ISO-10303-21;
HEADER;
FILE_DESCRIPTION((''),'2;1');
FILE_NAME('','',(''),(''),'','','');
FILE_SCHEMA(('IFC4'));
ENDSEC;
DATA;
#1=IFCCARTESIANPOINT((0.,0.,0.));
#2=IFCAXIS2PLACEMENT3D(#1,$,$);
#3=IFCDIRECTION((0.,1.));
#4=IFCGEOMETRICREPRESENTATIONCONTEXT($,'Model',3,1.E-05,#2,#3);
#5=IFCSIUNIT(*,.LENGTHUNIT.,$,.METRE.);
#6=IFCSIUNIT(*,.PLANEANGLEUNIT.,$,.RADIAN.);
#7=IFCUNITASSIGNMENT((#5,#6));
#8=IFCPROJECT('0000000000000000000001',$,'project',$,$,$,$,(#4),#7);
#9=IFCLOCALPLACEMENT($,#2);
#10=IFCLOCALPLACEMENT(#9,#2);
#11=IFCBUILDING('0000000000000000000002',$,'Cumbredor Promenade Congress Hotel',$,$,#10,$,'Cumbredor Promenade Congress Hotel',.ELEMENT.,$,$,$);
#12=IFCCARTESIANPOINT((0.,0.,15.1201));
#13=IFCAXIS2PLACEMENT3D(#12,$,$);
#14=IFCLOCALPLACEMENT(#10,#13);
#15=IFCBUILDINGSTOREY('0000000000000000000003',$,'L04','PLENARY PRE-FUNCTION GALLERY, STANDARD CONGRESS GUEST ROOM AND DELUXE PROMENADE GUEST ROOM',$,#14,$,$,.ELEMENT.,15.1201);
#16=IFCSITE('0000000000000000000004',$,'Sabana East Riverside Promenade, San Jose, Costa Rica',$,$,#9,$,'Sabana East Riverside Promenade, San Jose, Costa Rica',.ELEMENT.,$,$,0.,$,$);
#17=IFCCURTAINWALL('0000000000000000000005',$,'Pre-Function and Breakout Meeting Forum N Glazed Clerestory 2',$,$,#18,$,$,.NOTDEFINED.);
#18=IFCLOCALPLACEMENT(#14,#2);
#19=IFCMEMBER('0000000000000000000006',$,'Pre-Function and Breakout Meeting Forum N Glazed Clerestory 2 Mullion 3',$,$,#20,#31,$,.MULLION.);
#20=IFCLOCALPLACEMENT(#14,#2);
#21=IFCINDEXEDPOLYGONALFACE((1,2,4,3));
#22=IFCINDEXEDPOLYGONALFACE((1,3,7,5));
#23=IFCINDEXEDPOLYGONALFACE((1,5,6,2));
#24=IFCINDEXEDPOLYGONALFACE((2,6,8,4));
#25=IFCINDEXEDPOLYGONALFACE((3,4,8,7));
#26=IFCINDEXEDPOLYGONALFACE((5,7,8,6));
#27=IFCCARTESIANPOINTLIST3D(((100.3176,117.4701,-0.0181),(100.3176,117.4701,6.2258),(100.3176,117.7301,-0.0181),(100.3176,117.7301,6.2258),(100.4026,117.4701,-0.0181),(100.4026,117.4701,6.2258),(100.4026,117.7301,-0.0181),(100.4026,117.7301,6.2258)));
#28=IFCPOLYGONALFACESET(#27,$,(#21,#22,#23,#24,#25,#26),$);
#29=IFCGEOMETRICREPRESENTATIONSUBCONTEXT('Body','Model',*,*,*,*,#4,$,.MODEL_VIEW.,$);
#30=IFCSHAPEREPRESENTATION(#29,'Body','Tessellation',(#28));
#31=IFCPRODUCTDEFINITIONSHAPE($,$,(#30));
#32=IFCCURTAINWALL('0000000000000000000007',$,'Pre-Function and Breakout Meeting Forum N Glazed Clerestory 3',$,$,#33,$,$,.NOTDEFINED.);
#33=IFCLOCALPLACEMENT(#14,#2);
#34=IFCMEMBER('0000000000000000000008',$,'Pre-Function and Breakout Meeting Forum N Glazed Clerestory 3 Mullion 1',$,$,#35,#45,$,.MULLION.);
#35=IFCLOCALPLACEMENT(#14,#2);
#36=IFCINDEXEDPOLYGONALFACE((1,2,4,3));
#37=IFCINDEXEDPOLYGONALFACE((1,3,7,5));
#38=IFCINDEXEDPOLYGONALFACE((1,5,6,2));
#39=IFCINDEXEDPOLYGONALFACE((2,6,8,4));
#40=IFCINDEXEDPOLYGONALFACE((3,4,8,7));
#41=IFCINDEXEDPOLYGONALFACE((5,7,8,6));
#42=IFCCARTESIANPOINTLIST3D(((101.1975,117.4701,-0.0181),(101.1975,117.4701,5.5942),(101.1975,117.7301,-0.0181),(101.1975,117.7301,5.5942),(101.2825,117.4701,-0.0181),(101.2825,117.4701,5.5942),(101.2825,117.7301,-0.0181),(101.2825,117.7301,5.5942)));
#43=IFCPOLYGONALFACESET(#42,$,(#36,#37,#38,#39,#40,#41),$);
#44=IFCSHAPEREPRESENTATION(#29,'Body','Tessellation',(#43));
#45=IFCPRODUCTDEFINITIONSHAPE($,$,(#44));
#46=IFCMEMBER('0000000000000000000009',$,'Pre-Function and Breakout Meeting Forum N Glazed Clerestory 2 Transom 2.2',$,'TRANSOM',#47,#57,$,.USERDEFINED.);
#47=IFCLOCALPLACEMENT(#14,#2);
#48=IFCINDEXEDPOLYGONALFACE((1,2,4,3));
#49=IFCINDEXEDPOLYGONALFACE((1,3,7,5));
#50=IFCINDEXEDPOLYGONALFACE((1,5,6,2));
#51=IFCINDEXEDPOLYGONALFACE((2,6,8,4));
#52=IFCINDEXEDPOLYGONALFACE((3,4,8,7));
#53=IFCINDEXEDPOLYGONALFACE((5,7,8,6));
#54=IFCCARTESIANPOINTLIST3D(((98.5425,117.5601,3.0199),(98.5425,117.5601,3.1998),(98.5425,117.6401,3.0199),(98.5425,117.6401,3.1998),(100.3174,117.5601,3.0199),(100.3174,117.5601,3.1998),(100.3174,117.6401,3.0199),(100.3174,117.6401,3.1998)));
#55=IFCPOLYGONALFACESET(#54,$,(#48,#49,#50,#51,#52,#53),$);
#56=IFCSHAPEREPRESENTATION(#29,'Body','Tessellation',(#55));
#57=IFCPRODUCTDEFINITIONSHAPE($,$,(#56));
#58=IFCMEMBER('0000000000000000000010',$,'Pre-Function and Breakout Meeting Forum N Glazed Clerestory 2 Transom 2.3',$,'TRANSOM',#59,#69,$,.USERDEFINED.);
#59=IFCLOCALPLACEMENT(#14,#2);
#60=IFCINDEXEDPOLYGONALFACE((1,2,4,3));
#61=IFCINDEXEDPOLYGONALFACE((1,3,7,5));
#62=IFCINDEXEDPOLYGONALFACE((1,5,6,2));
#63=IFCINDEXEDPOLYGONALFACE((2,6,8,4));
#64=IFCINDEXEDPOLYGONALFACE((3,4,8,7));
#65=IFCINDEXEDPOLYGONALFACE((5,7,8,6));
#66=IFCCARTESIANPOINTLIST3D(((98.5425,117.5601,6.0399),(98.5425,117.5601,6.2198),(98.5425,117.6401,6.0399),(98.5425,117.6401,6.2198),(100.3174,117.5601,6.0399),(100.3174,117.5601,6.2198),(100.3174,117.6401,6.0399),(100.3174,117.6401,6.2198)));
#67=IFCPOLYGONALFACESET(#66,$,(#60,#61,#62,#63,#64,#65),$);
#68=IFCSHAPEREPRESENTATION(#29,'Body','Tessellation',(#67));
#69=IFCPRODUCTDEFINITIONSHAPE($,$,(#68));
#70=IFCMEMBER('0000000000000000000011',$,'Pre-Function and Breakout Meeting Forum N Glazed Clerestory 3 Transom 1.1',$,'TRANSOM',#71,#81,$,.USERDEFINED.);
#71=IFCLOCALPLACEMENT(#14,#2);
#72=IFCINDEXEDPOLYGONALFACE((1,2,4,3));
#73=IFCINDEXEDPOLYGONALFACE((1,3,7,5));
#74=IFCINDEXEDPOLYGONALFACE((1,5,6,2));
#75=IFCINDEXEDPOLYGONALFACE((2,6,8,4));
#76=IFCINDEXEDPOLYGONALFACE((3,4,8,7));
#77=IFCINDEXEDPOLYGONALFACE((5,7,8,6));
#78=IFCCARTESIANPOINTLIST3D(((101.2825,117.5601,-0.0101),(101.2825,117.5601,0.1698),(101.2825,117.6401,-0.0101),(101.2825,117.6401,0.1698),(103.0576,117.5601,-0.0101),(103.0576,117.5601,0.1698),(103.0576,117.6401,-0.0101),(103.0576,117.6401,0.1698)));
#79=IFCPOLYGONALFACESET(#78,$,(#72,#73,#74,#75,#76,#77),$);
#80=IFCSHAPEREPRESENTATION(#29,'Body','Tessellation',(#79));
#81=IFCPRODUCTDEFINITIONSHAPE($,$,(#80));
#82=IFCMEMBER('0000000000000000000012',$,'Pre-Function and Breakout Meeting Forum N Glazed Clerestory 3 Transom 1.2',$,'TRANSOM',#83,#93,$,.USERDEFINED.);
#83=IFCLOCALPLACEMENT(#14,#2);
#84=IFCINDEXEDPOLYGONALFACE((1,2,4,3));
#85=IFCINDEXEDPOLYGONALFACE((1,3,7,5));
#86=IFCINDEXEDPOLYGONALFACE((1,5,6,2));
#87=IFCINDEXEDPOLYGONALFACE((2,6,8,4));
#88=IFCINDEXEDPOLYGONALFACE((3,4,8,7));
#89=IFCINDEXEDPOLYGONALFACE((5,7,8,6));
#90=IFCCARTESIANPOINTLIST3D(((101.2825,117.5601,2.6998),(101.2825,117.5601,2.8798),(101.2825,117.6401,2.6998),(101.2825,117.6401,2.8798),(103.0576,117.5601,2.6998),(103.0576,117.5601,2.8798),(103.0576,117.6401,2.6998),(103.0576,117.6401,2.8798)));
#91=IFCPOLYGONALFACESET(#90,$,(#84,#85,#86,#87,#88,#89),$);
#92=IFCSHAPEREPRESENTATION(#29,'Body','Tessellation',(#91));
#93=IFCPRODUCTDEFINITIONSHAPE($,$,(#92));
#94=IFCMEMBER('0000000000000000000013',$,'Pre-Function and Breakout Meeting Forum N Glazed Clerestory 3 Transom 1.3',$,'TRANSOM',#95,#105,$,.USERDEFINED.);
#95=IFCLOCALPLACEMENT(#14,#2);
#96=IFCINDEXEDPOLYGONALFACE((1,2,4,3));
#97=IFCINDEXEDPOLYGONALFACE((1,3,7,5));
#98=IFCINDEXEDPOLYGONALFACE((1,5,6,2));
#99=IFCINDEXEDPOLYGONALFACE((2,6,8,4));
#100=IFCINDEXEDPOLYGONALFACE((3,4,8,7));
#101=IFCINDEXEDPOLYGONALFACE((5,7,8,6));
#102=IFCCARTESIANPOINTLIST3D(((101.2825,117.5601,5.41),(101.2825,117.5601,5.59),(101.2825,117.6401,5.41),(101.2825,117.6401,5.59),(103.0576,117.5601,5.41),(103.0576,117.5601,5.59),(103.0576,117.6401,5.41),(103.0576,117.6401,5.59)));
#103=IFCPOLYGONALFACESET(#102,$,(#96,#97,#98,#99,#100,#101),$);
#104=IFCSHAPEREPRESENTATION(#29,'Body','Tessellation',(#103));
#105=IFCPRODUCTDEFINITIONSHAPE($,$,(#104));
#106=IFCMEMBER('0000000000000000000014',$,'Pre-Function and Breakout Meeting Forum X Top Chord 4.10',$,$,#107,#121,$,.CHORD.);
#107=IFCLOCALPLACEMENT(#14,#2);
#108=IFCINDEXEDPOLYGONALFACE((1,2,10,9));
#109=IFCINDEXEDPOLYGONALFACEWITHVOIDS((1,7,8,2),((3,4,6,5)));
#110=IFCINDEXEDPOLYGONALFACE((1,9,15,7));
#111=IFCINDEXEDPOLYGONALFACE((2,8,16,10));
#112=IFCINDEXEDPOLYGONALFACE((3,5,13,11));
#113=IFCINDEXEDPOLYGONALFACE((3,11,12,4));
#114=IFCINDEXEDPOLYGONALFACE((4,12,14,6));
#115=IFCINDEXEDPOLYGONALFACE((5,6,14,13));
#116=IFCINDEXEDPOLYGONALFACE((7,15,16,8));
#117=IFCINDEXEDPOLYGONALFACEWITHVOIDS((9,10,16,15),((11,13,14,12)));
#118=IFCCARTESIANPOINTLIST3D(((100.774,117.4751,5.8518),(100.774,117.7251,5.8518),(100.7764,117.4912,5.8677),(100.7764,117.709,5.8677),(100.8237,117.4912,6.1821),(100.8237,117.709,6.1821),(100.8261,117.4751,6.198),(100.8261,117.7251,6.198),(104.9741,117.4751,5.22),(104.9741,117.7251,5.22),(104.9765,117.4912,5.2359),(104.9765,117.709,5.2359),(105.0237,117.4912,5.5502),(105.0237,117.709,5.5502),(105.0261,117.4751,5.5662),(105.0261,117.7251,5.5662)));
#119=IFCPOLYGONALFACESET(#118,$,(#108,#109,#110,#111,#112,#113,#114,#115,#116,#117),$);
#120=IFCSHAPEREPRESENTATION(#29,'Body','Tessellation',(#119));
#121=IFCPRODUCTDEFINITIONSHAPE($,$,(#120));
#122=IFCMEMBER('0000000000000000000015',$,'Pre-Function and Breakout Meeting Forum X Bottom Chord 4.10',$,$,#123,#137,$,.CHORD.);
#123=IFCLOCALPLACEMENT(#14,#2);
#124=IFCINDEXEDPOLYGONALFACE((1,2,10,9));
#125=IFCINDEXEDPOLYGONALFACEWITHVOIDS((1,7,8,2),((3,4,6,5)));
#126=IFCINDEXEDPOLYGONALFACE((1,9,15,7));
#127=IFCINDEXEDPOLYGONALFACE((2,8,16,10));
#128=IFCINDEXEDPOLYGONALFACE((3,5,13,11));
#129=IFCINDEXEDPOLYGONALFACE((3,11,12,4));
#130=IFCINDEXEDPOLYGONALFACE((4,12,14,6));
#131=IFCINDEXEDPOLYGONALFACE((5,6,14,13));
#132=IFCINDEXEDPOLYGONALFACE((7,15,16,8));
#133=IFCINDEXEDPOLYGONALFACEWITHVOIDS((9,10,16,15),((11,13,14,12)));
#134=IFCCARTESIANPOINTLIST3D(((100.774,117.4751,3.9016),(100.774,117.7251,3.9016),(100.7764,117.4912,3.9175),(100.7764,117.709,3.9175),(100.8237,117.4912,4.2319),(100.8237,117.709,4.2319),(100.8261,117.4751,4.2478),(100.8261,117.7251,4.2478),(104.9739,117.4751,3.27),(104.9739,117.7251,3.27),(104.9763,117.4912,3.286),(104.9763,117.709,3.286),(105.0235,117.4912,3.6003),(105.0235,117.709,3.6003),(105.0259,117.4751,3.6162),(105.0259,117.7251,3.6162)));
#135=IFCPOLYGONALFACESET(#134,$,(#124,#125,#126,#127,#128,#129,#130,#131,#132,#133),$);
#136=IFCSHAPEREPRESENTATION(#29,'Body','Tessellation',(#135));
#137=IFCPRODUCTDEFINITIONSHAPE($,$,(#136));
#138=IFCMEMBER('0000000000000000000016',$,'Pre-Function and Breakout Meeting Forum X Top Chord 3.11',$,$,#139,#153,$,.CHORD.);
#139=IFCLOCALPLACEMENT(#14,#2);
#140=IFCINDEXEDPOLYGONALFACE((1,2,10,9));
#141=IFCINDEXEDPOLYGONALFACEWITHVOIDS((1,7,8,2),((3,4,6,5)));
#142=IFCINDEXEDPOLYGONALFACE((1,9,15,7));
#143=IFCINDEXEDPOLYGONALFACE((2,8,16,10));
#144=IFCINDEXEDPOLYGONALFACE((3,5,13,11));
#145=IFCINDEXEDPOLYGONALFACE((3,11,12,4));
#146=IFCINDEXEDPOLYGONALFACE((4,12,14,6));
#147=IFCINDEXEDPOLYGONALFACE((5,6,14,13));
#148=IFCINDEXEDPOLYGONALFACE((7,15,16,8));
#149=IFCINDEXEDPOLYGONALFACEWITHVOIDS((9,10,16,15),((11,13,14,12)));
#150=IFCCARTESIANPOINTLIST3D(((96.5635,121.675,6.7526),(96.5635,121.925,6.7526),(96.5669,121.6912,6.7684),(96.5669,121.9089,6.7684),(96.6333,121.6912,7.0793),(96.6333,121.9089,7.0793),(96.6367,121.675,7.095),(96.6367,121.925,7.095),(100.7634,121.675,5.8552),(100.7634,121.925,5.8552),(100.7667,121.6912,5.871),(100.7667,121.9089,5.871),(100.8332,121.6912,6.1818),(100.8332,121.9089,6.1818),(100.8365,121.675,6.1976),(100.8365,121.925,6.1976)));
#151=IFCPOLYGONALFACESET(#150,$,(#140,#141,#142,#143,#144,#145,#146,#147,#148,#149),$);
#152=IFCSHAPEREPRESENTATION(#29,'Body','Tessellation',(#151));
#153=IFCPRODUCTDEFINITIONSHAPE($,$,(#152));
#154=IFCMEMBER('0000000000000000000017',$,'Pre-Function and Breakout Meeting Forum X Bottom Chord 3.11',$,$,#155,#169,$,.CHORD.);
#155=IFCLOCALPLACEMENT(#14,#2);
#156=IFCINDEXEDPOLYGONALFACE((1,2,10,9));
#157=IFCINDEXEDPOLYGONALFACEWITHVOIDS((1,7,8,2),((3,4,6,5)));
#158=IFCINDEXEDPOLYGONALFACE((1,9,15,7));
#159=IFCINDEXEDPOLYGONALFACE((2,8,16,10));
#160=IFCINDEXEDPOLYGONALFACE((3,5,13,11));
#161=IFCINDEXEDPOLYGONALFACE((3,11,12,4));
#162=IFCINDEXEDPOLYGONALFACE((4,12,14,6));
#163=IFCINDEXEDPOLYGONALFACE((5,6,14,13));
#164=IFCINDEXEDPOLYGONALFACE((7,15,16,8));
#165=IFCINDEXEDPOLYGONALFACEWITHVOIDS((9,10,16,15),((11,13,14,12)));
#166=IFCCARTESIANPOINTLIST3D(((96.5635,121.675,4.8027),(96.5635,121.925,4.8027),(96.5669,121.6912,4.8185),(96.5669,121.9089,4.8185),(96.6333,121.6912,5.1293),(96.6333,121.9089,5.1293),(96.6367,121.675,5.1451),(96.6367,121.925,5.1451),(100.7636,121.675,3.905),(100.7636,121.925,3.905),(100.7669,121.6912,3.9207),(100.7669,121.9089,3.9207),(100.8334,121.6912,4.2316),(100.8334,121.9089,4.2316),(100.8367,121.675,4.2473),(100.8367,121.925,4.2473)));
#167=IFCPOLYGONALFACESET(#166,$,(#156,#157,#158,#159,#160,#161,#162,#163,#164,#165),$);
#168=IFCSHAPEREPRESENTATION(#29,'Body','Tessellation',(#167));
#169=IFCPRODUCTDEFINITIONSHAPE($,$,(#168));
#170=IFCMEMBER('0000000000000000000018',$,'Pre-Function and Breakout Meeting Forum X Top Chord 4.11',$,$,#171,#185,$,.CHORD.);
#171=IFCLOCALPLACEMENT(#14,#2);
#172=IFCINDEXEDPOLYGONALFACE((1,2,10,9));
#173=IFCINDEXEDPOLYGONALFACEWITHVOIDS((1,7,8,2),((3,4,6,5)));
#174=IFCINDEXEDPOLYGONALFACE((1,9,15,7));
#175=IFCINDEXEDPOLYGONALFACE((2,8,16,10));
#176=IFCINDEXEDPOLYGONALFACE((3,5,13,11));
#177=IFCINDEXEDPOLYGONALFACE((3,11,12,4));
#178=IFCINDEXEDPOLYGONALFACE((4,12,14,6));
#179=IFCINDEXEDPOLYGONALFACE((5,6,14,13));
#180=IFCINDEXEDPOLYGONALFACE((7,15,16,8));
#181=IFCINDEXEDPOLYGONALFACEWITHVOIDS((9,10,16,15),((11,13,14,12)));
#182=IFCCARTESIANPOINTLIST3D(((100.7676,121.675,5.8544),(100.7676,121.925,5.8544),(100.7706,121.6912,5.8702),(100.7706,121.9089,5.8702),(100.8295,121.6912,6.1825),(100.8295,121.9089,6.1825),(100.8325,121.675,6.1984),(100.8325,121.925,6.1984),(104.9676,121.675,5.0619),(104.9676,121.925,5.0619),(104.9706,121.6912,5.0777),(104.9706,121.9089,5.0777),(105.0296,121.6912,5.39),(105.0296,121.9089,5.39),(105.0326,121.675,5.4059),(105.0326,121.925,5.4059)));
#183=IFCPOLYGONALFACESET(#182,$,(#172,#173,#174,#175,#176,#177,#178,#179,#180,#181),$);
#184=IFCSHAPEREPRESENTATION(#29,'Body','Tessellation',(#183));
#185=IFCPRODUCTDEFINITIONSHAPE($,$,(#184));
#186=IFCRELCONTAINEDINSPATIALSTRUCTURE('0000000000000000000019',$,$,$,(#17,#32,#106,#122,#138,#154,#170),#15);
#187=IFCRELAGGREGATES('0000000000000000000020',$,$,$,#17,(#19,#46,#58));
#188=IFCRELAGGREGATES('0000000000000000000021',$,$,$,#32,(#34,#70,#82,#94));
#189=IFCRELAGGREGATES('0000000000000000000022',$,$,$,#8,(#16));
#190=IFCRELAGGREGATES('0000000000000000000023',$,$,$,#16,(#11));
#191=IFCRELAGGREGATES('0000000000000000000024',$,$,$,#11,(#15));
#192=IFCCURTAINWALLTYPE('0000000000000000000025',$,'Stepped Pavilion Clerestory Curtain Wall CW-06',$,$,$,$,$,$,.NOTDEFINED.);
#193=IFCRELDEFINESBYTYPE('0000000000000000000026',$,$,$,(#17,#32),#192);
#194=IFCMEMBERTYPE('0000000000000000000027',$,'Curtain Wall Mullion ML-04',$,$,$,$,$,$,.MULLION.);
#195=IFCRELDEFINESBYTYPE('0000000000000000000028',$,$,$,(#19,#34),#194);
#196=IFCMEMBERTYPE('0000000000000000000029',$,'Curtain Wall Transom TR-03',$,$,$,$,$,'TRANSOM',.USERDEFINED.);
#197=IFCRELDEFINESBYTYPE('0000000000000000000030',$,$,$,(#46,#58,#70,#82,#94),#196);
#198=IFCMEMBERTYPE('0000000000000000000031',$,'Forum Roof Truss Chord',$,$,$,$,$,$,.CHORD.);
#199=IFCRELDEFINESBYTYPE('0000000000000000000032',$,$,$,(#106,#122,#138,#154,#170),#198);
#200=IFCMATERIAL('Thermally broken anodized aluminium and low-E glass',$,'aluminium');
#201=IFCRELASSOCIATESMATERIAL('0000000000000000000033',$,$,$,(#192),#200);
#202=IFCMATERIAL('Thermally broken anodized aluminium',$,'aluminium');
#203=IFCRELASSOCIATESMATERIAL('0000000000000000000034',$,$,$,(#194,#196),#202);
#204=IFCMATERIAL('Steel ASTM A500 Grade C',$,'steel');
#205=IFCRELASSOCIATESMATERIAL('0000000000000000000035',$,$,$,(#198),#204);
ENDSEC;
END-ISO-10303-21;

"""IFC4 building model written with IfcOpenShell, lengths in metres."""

from ifc_helpers import new_model, si_unit, direction, frame, origin, origin_2d, place, context, subcontext, project, spatial, rectangle, hollow_rectangle, extrude, material, material_profile, profile_set, type_object, element, aggregate, save


model = new_model("IFC4")

# Units and contexts
model_context = context("Model", 3, precision=1e-05, world=origin(), true_north=direction((0.0, 1.0)))
body_context = subcontext(model_context, "Body", "Model", "MODEL_VIEW")
ifc_project = project(units=[si_unit("LENGTHUNIT", "METRE"), si_unit("PLANEANGLEUNIT", "RADIAN")], contexts=[model_context])

# Site, building, storey
site_placement = place(None, origin())
site = spatial("IfcSite", under=ifc_project, at=site_placement, Name="Sabana East Riverside Promenade, San Jose, Costa Rica", LongName="Sabana East Riverside Promenade, San Jose, Costa Rica", CompositionType="ELEMENT", RefElevation=0.0)
building_placement = place(site_placement, origin())
building = spatial("IfcBuilding", under=site, at=building_placement, Name="Cumbredor Promenade Congress Hotel", LongName="Cumbredor Promenade Congress Hotel", CompositionType="ELEMENT")
storey_placement = place(building_placement, frame((0.0, 0.0, 15.1201)))
storey = spatial("IfcBuildingStorey", under=building, at=storey_placement, Name="L04", Description="PLENARY PRE-FUNCTION GALLERY, STANDARD CONGRESS GUEST ROOM AND DELUXE PROMENADE GUEST ROOM", CompositionType="ELEMENT", Elevation=15.1201)

# Curtain walls, members
ifc_material_1 = material(Name="Thermally broken anodized aluminium and low-E glass", Category="aluminium")
curtain_wall_type = type_object("IfcCurtainWallType", Name="Stepped Pavilion Clerestory Curtain Wall CW-06", PredefinedType="NOTDEFINED", material=ifc_material_1)
curtain_wall_1_placement = place(storey_placement, origin())
curtain_wall_1 = element("IfcCurtainWall", 1, at=curtain_wall_1_placement, inside=storey, type_object=curtain_wall_type, Name="Pre-Function and Breakout Meeting Forum N Glazed Clerestory 2", PredefinedType="NOTDEFINED")
ifc_material_2 = material(Name="Thermally broken anodized aluminium", Category="aluminium")
ifc_material_profile_1 = material_profile(ifc_material_2, rectangle(XDim=0.085, YDim=0.26, at=origin_2d()), Name="ALU MULLION CLERESTORY 85x260")
ifc_profile_set_1 = profile_set([ifc_material_profile_1], Name="Thermally broken anodized aluminium")
member_type_1 = type_object("IfcMemberType", Name="Curtain Wall Mullion ML-04", PredefinedType="MULLION", material=ifc_profile_set_1)
member_1_placement = place(storey_placement, frame((100.3601, 117.6001, -0.0181), z_axis=(0.0, 0.0, 1.0), x_axis=(1.0, 0.0, 0.0)))
member_1 = element("IfcMember", 2, at=member_1_placement, type_object=member_type_1, Name="Pre-Function and Breakout Meeting Forum N Glazed Clerestory 2 Mullion 3", PredefinedType="MULLION", context=body_context, shape_type="SweptSolid", body=[
    extrude(rectangle(XDim=0.085, YDim=0.26, at=origin_2d()), origin(), (0.0, 0.0, 1.0), 6.2439),
])
curtain_wall_2_placement = place(storey_placement, origin())
curtain_wall_2 = element("IfcCurtainWall", 3, at=curtain_wall_2_placement, inside=storey, type_object=curtain_wall_type, Name="Pre-Function and Breakout Meeting Forum N Glazed Clerestory 3", PredefinedType="NOTDEFINED")
member_2_placement = place(storey_placement, frame((101.24, 117.6001, -0.0181), z_axis=(0.0, 0.0, 1.0), x_axis=(1.0, 0.0, 0.0)))
member_2 = element("IfcMember", 4, at=member_2_placement, type_object=member_type_1, Name="Pre-Function and Breakout Meeting Forum N Glazed Clerestory 3 Mullion 1", PredefinedType="MULLION", context=body_context, shape_type="SweptSolid", body=[
    extrude(rectangle(XDim=0.085, YDim=0.26, at=origin_2d()), origin(), (0.0, 0.0, 1.0), 5.6123),
])

# Members
ifc_material_profile_2 = material_profile(ifc_material_2, rectangle(XDim=0.0801, YDim=0.1799, at=origin_2d()), Name="ALU TRANSOM 80x180")
ifc_profile_set_2 = profile_set([ifc_material_profile_2], Name="Thermally broken anodized aluminium")
member_type_2 = type_object("IfcMemberType", Name="Curtain Wall Transom TR-03", ElementType="TRANSOM", PredefinedType="USERDEFINED", material=ifc_profile_set_2)
member_3_placement = place(storey_placement, frame((98.5425, 117.6001, 3.1099), z_axis=(1.0, 0.0, 0.0), x_axis=(0.0, 1.0, 0.0)))
member_3 = element("IfcMember", 5, at=member_3_placement, type_object=member_type_2, Name="Pre-Function and Breakout Meeting Forum N Glazed Clerestory 2 Transom 2.2", ObjectType="TRANSOM", PredefinedType="USERDEFINED", context=body_context, shape_type="SweptSolid", body=[
    extrude(rectangle(XDim=0.0801, YDim=0.1799, at=origin_2d()), origin(), (0.0, 0.0, 1.0), 1.7749),
])
member_4_placement = place(storey_placement, frame((98.5425, 117.6001, 6.1299), z_axis=(1.0, 0.0, 0.0), x_axis=(0.0, 1.0, 0.0)))
member_4 = element("IfcMember", 6, at=member_4_placement, type_object=member_type_2, Name="Pre-Function and Breakout Meeting Forum N Glazed Clerestory 2 Transom 2.3", ObjectType="TRANSOM", PredefinedType="USERDEFINED", context=body_context, shape_type="SweptSolid", body=[
    extrude(rectangle(XDim=0.0801, YDim=0.1799, at=origin_2d()), origin(), (0.0, 0.0, 1.0), 1.7749),
])
member_5_placement = place(storey_placement, frame((101.2825, 117.6001, 0.0798), z_axis=(1.0, 0.0, 0.0), x_axis=(0.0, 1.0, 0.0)))
member_5 = element("IfcMember", 7, at=member_5_placement, type_object=member_type_2, Name="Pre-Function and Breakout Meeting Forum N Glazed Clerestory 3 Transom 1.1", ObjectType="TRANSOM", PredefinedType="USERDEFINED", context=body_context, shape_type="SweptSolid", body=[
    extrude(rectangle(XDim=0.0801, YDim=0.1799, at=origin_2d()), origin(), (0.0, 0.0, 1.0), 1.7751),
])
member_6_placement = place(storey_placement, frame((101.2825, 117.6001, 2.7898), z_axis=(1.0, 0.0, 0.0), x_axis=(0.0, 1.0, 0.0)))
member_6 = element("IfcMember", 8, at=member_6_placement, type_object=member_type_2, Name="Pre-Function and Breakout Meeting Forum N Glazed Clerestory 3 Transom 1.2", ObjectType="TRANSOM", PredefinedType="USERDEFINED", context=body_context, shape_type="SweptSolid", body=[
    extrude(rectangle(XDim=0.0801, YDim=0.1799, at=origin_2d()), origin(), (0.0, 0.0, 1.0), 1.7751),
])
member_7_placement = place(storey_placement, frame((101.2825, 117.6001, 5.5), z_axis=(1.0, 0.0, 0.0), x_axis=(0.0, 1.0, 0.0)))
member_7 = element("IfcMember", 9, at=member_7_placement, type_object=member_type_2, Name="Pre-Function and Breakout Meeting Forum N Glazed Clerestory 3 Transom 1.3", ObjectType="TRANSOM", PredefinedType="USERDEFINED", context=body_context, shape_type="SweptSolid", body=[
    extrude(rectangle(XDim=0.0801, YDim=0.1799, at=origin_2d()), origin(), (0.0, 0.0, 1.0), 1.7751),
])

# Members
ifc_material_3 = material(Name="Steel ASTM A500 Grade C", Category="steel")
ifc_material_profile_3 = material_profile(ifc_material_3, hollow_rectangle(XDim=0.25, YDim=0.3501, WallThickness=0.0161, at=origin_2d()), Name="HSS 350x250x16")
ifc_profile_set_3 = profile_set([ifc_material_profile_3], Name="Steel ASTM A500 Grade C")
member_type_3 = type_object("IfcMemberType", Name="Forum Roof Truss Chord", PredefinedType="CHORD", material=ifc_profile_set_3)
member_8_placement = place(storey_placement, frame((100.8, 117.6001, 6.0249), z_axis=(0.988873, 0.0, -0.148765), x_axis=(0.0, 1.0, 0.0)))
element("IfcMember", 10, at=member_8_placement, inside=storey, type_object=member_type_3, Name="Pre-Function and Breakout Meeting Forum X Top Chord 4.10", PredefinedType="CHORD", context=body_context, shape_type="SweptSolid", body=[
    extrude(hollow_rectangle(XDim=0.25, YDim=0.3501, WallThickness=0.0161, at=origin_2d()), origin(), (0.0, 0.0, 1.0), 4.2473),
])
member_9_placement = place(storey_placement, frame((100.8, 117.6001, 4.0747), z_axis=(0.988881, 0.0, -0.148709), x_axis=(0.0, 1.0, 0.0)))
element("IfcMember", 11, at=member_9_placement, inside=storey, type_object=member_type_3, Name="Pre-Function and Breakout Meeting Forum X Bottom Chord 4.10", PredefinedType="CHORD", context=body_context, shape_type="SweptSolid", body=[
    extrude(hollow_rectangle(XDim=0.25, YDim=0.3501, WallThickness=0.0161, at=origin_2d()), origin(), (0.0, 0.0, 1.0), 4.2471),
])
member_10_placement = place(storey_placement, frame((96.6001, 121.8, 6.9238), z_axis=(0.977923, 0.0, -0.208966), x_axis=(0.0, 1.0, 0.0)))
element("IfcMember", 12, at=member_10_placement, inside=storey, type_object=member_type_3, Name="Pre-Function and Breakout Meeting Forum X Top Chord 3.11", PredefinedType="CHORD", context=body_context, shape_type="SweptSolid", body=[
    extrude(hollow_rectangle(XDim=0.25, YDim=0.3501, WallThickness=0.0161, at=origin_2d()), origin(), (0.0, 0.0, 1.0), 4.2947),
])
member_11_placement = place(storey_placement, frame((96.6001, 121.8, 4.9739), z_axis=(0.977911, 0.0, -0.209021), x_axis=(0.0, 1.0, 0.0)))
element("IfcMember", 13, at=member_11_placement, inside=storey, type_object=member_type_3, Name="Pre-Function and Breakout Meeting Forum X Bottom Chord 3.11", PredefinedType="CHORD", context=body_context, shape_type="SweptSolid", body=[
    extrude(hollow_rectangle(XDim=0.25, YDim=0.3501, WallThickness=0.0161, at=origin_2d()), origin(), (0.0, 0.0, 1.0), 4.2949),
])
member_12_placement = place(storey_placement, frame((100.8, 121.8, 6.0264), z_axis=(0.98266, 0.0, -0.185416), x_axis=(0.0, 1.0, 0.0)))
element("IfcMember", 14, at=member_12_placement, inside=storey, type_object=member_type_3, Name="Pre-Function and Breakout Meeting Forum X Top Chord 4.11", PredefinedType="CHORD", context=body_context, shape_type="SweptSolid", body=[
    extrude(hollow_rectangle(XDim=0.25, YDim=0.3501, WallThickness=0.0161, at=origin_2d()), origin(), (0.0, 0.0, 1.0), 4.2742),
])

aggregate(curtain_wall_1, [member_1, member_3, member_4])
aggregate(curtain_wall_2, [member_2, member_5, member_6, member_7])

save(model, "model.ifc")
